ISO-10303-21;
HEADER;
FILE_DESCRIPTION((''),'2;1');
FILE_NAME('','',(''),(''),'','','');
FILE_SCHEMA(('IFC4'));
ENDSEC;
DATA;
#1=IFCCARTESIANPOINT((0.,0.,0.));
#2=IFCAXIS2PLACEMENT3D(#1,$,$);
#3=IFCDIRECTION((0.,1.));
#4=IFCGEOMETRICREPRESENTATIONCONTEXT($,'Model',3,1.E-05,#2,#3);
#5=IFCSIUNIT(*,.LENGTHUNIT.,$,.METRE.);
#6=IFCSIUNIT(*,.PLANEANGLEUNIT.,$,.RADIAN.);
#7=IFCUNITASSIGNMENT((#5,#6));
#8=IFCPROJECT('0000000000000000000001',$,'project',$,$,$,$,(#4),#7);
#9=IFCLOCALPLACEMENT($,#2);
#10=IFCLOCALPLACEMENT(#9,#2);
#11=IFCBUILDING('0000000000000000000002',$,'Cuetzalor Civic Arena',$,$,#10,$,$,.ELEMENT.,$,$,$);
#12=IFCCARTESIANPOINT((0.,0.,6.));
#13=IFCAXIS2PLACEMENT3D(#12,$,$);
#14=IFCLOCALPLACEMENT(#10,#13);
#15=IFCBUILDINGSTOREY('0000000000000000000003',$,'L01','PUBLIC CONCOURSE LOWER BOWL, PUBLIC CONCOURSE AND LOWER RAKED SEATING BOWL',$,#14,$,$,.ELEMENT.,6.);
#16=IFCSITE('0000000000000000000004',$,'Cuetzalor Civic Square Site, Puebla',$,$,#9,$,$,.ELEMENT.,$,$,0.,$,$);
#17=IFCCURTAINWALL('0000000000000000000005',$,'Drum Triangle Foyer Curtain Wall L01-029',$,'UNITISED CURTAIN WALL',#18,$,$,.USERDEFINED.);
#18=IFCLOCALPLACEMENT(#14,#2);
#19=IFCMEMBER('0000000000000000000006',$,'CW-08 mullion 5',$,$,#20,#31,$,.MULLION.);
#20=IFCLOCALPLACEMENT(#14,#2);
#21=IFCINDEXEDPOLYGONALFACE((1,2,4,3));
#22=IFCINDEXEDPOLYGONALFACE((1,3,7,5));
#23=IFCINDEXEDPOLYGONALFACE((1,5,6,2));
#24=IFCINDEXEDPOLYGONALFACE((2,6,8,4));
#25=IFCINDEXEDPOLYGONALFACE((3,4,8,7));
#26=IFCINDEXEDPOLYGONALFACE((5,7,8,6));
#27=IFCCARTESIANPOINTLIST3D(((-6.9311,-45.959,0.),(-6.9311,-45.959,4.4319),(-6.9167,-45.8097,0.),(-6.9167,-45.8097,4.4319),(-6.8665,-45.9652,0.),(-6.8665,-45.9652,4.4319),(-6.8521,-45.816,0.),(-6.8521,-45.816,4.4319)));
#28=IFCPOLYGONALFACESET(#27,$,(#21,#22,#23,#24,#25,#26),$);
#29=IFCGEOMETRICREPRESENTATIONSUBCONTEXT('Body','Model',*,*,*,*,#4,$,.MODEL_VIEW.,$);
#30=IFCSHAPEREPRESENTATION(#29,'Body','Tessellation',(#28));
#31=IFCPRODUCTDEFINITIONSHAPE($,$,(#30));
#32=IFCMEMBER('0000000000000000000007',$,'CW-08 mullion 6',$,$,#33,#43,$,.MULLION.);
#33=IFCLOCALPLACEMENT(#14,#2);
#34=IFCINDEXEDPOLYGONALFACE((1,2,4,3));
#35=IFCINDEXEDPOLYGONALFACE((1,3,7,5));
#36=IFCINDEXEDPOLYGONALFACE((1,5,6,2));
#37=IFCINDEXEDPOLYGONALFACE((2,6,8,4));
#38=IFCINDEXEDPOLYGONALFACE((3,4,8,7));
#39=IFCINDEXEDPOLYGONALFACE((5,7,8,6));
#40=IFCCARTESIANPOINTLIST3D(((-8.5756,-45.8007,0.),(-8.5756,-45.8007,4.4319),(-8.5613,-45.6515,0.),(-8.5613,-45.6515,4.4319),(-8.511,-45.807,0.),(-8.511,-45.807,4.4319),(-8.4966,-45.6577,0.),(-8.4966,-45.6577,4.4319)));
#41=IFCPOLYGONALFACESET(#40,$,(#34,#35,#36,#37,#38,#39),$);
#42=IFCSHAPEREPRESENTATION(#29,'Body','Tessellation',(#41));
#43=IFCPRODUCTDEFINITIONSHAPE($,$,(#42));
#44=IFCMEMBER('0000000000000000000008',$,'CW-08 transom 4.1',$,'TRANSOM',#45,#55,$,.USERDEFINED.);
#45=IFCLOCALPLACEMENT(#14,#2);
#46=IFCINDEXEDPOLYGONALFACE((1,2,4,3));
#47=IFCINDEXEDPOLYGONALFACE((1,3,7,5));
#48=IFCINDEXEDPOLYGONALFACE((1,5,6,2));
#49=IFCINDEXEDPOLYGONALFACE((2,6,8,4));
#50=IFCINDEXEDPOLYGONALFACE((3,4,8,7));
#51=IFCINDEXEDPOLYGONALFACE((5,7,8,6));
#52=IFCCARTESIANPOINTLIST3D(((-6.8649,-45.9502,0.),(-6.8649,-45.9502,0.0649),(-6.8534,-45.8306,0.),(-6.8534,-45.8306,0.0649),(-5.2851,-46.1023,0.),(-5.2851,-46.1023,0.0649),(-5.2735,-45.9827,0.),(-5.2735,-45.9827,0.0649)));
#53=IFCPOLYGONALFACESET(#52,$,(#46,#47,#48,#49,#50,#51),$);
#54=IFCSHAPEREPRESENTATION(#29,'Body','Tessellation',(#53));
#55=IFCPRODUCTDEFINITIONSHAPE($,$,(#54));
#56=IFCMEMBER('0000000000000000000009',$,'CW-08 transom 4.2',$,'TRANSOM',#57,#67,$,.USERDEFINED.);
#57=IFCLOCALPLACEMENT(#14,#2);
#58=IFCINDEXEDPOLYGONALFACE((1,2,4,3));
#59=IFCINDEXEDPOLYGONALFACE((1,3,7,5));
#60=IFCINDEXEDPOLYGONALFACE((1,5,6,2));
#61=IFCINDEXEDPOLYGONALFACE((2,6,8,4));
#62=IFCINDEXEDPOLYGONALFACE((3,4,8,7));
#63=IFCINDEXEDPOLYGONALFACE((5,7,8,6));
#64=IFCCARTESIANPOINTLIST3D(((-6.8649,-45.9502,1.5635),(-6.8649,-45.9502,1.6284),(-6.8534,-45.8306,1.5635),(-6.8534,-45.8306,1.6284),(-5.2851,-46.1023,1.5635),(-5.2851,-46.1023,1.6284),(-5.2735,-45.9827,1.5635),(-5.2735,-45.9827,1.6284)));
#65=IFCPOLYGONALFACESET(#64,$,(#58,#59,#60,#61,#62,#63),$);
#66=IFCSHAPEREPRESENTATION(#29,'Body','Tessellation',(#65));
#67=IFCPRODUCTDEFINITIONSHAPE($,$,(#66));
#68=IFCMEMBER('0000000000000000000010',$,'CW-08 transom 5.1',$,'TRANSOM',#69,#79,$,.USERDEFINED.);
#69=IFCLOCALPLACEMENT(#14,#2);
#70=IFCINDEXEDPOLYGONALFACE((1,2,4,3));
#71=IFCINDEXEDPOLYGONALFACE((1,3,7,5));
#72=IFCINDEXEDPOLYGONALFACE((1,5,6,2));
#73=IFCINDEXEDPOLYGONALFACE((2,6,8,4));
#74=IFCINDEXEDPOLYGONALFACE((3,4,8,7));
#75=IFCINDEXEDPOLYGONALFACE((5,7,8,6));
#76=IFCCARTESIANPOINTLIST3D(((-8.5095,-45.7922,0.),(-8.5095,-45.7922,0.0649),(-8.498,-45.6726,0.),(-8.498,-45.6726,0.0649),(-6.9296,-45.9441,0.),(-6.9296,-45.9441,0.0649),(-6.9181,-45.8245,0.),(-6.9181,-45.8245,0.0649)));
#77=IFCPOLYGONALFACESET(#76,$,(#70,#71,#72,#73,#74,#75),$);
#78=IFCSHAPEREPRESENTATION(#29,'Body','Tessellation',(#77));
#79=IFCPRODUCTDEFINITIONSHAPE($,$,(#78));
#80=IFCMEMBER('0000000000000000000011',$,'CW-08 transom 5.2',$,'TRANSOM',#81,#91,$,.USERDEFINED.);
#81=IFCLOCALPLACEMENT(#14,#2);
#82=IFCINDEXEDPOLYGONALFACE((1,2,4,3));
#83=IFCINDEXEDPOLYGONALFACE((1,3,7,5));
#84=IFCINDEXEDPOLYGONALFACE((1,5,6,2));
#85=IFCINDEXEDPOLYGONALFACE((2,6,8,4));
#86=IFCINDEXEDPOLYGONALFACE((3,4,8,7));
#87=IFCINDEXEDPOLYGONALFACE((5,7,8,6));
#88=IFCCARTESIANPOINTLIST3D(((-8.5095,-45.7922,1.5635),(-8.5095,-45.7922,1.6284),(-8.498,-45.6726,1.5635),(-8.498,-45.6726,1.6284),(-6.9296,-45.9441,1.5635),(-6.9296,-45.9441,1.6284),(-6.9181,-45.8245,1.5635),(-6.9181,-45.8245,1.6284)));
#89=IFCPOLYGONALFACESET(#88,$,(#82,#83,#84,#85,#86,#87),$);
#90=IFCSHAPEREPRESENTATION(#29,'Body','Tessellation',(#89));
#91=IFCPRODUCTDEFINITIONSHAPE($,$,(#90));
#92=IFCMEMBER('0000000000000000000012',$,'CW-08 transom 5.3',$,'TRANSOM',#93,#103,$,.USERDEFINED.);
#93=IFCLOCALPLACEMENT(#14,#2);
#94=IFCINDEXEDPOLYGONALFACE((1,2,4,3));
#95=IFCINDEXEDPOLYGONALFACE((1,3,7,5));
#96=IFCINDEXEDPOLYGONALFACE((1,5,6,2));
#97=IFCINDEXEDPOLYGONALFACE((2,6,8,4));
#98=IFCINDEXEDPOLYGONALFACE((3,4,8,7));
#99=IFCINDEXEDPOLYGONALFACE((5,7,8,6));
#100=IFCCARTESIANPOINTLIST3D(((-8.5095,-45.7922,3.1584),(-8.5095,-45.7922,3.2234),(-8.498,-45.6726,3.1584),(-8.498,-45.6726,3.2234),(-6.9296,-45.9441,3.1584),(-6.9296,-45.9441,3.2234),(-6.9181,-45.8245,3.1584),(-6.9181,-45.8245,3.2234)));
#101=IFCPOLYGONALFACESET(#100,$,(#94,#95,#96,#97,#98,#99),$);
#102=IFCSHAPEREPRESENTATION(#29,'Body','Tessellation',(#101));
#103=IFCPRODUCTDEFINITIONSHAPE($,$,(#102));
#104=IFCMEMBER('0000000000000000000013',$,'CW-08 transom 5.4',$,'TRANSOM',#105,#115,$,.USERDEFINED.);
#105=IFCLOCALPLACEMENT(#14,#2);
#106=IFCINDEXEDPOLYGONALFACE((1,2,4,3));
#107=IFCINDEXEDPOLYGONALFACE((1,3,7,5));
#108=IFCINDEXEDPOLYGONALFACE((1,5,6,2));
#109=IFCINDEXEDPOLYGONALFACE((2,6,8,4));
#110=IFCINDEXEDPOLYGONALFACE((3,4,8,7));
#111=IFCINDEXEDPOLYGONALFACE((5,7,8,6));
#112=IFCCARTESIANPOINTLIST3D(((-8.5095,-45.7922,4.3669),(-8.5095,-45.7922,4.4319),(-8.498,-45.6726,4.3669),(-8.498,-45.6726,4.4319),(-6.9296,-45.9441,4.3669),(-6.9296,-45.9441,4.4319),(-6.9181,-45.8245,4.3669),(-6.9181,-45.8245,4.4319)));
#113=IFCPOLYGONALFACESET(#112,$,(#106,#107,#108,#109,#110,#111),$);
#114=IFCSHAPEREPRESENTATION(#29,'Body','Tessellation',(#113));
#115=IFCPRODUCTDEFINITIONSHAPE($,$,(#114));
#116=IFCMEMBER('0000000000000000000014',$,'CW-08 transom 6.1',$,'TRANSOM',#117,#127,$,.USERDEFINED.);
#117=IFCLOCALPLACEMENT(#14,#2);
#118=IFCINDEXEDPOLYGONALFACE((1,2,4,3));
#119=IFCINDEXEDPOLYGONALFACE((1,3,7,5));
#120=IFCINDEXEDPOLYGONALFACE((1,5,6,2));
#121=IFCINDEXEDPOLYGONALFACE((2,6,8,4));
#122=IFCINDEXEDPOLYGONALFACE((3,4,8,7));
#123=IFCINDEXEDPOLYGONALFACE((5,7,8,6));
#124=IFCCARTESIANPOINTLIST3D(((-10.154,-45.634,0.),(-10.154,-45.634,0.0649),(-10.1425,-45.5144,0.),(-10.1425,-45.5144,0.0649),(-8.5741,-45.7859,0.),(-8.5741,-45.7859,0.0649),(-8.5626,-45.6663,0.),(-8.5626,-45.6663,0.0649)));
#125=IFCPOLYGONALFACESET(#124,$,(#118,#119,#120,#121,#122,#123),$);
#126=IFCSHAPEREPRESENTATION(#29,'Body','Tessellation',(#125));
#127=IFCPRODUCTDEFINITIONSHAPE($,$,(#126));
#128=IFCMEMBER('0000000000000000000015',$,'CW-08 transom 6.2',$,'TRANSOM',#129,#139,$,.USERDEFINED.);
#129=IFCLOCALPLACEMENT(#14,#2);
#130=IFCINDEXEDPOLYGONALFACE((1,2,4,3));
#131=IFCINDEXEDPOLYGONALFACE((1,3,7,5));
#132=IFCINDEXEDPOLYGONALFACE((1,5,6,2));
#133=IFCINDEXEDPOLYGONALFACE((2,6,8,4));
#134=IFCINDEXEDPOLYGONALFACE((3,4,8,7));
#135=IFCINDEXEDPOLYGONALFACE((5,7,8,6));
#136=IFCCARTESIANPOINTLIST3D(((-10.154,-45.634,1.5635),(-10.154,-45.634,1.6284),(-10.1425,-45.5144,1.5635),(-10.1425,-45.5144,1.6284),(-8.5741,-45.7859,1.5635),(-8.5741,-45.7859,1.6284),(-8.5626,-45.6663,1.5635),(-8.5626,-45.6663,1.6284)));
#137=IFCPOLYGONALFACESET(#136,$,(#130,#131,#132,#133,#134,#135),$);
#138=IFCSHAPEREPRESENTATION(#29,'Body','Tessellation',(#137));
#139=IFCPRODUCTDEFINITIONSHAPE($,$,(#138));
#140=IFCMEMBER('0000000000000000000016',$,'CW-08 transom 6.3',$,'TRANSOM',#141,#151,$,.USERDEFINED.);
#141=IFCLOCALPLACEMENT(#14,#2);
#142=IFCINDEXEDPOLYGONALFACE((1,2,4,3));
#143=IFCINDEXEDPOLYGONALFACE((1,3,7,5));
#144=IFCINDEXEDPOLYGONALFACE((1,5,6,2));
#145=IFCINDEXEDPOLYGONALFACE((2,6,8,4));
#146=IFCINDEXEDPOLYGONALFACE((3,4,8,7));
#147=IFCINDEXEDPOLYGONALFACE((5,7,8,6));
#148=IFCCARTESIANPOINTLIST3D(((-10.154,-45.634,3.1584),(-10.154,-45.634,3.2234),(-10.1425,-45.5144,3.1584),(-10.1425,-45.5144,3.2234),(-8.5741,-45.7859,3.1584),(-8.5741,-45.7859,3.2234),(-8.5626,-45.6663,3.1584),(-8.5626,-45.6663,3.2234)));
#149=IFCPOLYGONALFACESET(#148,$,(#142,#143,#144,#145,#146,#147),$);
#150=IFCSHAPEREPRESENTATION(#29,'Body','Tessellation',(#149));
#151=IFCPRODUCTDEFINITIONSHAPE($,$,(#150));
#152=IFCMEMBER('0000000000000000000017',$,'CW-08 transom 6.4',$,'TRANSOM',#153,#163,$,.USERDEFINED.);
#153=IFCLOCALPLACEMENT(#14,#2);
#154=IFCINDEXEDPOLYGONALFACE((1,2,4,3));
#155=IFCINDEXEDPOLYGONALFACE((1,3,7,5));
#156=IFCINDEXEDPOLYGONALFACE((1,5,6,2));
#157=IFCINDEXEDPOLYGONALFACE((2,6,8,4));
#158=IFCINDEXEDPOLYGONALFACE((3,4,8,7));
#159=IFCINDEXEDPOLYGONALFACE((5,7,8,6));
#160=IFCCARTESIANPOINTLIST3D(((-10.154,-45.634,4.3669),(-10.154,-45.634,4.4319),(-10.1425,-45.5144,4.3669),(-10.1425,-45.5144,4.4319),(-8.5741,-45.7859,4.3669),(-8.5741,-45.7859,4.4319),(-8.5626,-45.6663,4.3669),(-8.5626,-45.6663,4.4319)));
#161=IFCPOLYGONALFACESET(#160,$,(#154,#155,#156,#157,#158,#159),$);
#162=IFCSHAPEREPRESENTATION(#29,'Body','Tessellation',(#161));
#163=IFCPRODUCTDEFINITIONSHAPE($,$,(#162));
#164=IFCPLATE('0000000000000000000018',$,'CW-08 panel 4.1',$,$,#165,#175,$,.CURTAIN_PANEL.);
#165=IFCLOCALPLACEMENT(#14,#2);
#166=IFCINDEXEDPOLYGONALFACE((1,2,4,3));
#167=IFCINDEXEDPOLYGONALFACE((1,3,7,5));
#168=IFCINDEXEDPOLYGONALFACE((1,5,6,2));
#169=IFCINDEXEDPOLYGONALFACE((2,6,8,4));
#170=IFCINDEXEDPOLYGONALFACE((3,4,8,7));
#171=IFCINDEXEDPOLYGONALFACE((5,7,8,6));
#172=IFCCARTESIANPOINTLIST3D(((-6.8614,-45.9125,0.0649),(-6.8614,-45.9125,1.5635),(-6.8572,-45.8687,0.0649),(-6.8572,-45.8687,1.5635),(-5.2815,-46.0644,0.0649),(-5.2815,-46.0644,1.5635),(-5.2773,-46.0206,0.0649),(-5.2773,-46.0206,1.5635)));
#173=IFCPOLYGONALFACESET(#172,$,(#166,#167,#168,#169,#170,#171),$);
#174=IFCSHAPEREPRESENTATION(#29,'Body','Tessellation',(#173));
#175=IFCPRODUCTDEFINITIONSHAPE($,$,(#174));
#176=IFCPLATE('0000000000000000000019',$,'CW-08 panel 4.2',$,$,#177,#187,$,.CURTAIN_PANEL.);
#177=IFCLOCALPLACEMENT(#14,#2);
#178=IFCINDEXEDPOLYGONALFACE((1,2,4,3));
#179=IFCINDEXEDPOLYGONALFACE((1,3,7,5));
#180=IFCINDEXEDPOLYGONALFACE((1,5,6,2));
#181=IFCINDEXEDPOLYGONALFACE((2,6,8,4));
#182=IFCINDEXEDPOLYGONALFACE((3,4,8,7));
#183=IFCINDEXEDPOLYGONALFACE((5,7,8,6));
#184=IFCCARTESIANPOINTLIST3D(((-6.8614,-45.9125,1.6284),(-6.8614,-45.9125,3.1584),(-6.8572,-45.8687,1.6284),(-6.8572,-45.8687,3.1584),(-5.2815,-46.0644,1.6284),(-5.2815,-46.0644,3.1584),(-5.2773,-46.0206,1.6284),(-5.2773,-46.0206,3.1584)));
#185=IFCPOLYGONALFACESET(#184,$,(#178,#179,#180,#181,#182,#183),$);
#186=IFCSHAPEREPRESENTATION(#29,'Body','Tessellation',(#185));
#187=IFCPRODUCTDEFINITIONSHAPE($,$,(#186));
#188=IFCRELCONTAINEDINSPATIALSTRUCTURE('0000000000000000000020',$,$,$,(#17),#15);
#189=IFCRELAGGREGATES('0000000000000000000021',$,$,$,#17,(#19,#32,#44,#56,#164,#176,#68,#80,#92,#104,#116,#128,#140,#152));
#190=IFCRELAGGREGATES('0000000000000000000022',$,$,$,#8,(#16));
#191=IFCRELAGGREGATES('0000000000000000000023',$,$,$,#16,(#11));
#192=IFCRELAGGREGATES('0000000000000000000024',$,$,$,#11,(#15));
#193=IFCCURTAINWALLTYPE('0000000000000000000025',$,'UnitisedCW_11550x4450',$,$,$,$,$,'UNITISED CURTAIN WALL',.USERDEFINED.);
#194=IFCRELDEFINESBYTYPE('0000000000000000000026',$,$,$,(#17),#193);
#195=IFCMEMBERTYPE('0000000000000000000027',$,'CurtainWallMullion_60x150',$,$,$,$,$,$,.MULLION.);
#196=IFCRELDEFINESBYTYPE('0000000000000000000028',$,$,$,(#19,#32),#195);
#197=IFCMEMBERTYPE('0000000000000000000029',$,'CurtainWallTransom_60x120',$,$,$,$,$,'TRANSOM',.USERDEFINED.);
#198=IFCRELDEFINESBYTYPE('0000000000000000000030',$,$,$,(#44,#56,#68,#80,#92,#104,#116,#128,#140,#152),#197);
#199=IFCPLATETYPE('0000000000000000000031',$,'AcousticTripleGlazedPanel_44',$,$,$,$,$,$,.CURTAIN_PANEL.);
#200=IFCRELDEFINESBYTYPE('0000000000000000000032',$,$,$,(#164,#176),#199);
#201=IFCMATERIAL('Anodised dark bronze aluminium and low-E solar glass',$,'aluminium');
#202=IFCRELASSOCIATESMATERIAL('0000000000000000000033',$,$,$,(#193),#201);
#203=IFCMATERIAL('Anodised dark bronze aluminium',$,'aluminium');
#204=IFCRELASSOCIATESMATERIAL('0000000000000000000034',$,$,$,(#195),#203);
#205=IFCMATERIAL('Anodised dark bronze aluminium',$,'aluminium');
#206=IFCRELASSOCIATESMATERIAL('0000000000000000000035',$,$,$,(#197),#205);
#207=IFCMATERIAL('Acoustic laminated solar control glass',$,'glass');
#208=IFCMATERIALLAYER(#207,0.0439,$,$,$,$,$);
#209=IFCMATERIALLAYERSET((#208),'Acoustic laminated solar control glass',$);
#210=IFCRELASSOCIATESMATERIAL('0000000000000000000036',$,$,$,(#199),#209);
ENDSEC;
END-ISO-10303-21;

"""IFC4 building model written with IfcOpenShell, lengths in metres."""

from ifc_helpers import new_model, si_unit, direction, frame, origin, origin_2d, place, context, subcontext, project, spatial, rectangle, extrude, material, layer, layer_set, material_profile, profile_set, type_object, element, aggregate, save


model = new_model("IFC4")

# Units and contexts
model_context = context("Model", 3, precision=1e-05, world=origin(), true_north=direction((0.0, 1.0)))
body_context = subcontext(model_context, "Body", "Model", "MODEL_VIEW")
ifc_project = project(units=[si_unit("LENGTHUNIT", "METRE"), si_unit("PLANEANGLEUNIT", "RADIAN")], contexts=[model_context])

# Site, building, storey
site_placement = place(None, origin())
site = spatial("IfcSite", under=ifc_project, at=site_placement, Name="Cuetzalor Civic Square Site, Puebla", CompositionType="ELEMENT", RefElevation=0.0)
building_placement = place(site_placement, origin())
building = spatial("IfcBuilding", under=site, at=building_placement, Name="Cuetzalor Civic Arena", CompositionType="ELEMENT")
storey_placement = place(building_placement, frame((0.0, 0.0, 6.0)))
storey = spatial("IfcBuildingStorey", under=building, at=storey_placement, Name="L01", Description="PUBLIC CONCOURSE LOWER BOWL, PUBLIC CONCOURSE AND LOWER RAKED SEATING BOWL", CompositionType="ELEMENT", Elevation=6.0)

# Curtain wall, members, plates
ifc_material_1 = material(Name="Anodised dark bronze aluminium and low-E solar glass", Category="aluminium")
curtain_wall_type = type_object("IfcCurtainWallType", Name="UnitisedCW_11550x4450", ElementType="UNITISED CURTAIN WALL", PredefinedType="USERDEFINED", material=ifc_material_1)
curtain_wall_placement = place(storey_placement, origin())
curtain_wall = element("IfcCurtainWall", 1, at=curtain_wall_placement, inside=storey, type_object=curtain_wall_type, Name="Drum Triangle Foyer Curtain Wall L01-029", ObjectType="UNITISED CURTAIN WALL", PredefinedType="USERDEFINED")
ifc_material_2 = material(Name="Anodised dark bronze aluminium", Category="aluminium")
ifc_material_profile_1 = material_profile(ifc_material_2, rectangle(XDim=0.0649, YDim=0.1499, at=origin_2d()), Name="ALU MULLION 65x150")
ifc_profile_set_1 = profile_set([ifc_material_profile_1], Name="Anodised dark bronze aluminium")
member_type_1 = type_object("IfcMemberType", Name="CurtainWallMullion_60x150", PredefinedType="MULLION", material=ifc_profile_set_1)
member_1_placement = place(storey_placement, frame((-6.8916, -45.8875, 0.0), z_axis=(0.0, 0.0, 1.0), x_axis=(-0.995409, 0.095711, 0.0)))
member_1 = element("IfcMember", 2, at=member_1_placement, type_object=member_type_1, Name="CW-08 mullion 5", PredefinedType="MULLION", context=body_context, shape_type="SweptSolid", body=[
    extrude(rectangle(XDim=0.0649, YDim=0.1499, at=origin_2d()), origin(), (0.0, 0.0, 1.0), 4.4319),
])
member_2_placement = place(storey_placement, frame((-8.5361, -45.7292, 0.0), z_axis=(0.0, 0.0, 1.0), x_axis=(-0.995409, 0.095711, 0.0)))
member_2 = element("IfcMember", 3, at=member_2_placement, type_object=member_type_1, Name="CW-08 mullion 6", PredefinedType="MULLION", context=body_context, shape_type="SweptSolid", body=[
    extrude(rectangle(XDim=0.0649, YDim=0.1499, at=origin_2d()), origin(), (0.0, 0.0, 1.0), 4.4319),
])
ifc_material_3 = material(Name="Anodised dark bronze aluminium", Category="aluminium")
ifc_material_profile_2 = material_profile(ifc_material_3, rectangle(XDim=0.1201, YDim=0.0649, at=origin_2d()), Name="ALU TRANSOM 65x120")
ifc_profile_set_2 = profile_set([ifc_material_profile_2], Name="Anodised dark bronze aluminium")
member_type_2 = type_object("IfcMemberType", Name="CurtainWallTransom_60x120", ElementType="TRANSOM", PredefinedType="USERDEFINED", material=ifc_profile_set_2)
member_3_placement = place(storey_placement, frame((-5.2793, -46.0425, 0.0325), z_axis=(-0.995397, 0.095833, 0.0), x_axis=(-0.095833, -0.995397, 0.0)))
member_3 = element("IfcMember", 4, at=member_3_placement, type_object=member_type_2, Name="CW-08 transom 4.1", ObjectType="TRANSOM", PredefinedType="USERDEFINED", context=body_context, shape_type="SweptSolid", body=[
    extrude(rectangle(XDim=0.1201, YDim=0.0649, at=origin_2d()), origin(), (0.0, 0.0, 1.0), 1.5872),
])
member_4_placement = place(storey_placement, frame((-5.2793, -46.0425, 1.5959), z_axis=(-0.995397, 0.095833, 0.0), x_axis=(-0.095833, -0.995397, 0.0)))
member_4 = element("IfcMember", 5, at=member_4_placement, type_object=member_type_2, Name="CW-08 transom 4.2", ObjectType="TRANSOM", PredefinedType="USERDEFINED", context=body_context, shape_type="SweptSolid", body=[
    extrude(rectangle(XDim=0.1201, YDim=0.0649, at=origin_2d()), origin(), (0.0, 0.0, 1.0), 1.5872),
])
member_5_placement = place(storey_placement, frame((-6.9238, -45.8843, 0.0325), z_axis=(-0.995412, 0.09568, 0.0), x_axis=(-0.09568, -0.995412, 0.0)))
member_5 = element("IfcMember", 6, at=member_5_placement, type_object=member_type_2, Name="CW-08 transom 5.1", ObjectType="TRANSOM", PredefinedType="USERDEFINED", context=body_context, shape_type="SweptSolid", body=[
    extrude(rectangle(XDim=0.1201, YDim=0.0649, at=origin_2d()), origin(), (0.0, 0.0, 1.0), 1.5872),
])
member_6_placement = place(storey_placement, frame((-6.9238, -45.8843, 1.5959), z_axis=(-0.995412, 0.09568, 0.0), x_axis=(-0.09568, -0.995412, 0.0)))
member_6 = element("IfcMember", 7, at=member_6_placement, type_object=member_type_2, Name="CW-08 transom 5.2", ObjectType="TRANSOM", PredefinedType="USERDEFINED", context=body_context, shape_type="SweptSolid", body=[
    extrude(rectangle(XDim=0.1201, YDim=0.0649, at=origin_2d()), origin(), (0.0, 0.0, 1.0), 1.5872),
])
member_7_placement = place(storey_placement, frame((-6.9238, -45.8843, 3.1909), z_axis=(-0.995412, 0.09568, 0.0), x_axis=(-0.09568, -0.995412, 0.0)))
member_7 = element("IfcMember", 8, at=member_7_placement, type_object=member_type_2, Name="CW-08 transom 5.3", ObjectType="TRANSOM", PredefinedType="USERDEFINED", context=body_context, shape_type="SweptSolid", body=[
    extrude(rectangle(XDim=0.1201, YDim=0.0649, at=origin_2d()), origin(), (0.0, 0.0, 1.0), 1.5872),
])
member_8_placement = place(storey_placement, frame((-6.9238, -45.8843, 4.3994), z_axis=(-0.995412, 0.09568, 0.0), x_axis=(-0.09568, -0.995412, 0.0)))
member_8 = element("IfcMember", 9, at=member_8_placement, type_object=member_type_2, Name="CW-08 transom 5.4", ObjectType="TRANSOM", PredefinedType="USERDEFINED", context=body_context, shape_type="SweptSolid", body=[
    extrude(rectangle(XDim=0.1201, YDim=0.0649, at=origin_2d()), origin(), (0.0, 0.0, 1.0), 1.5872),
])
member_9_placement = place(storey_placement, frame((-8.5684, -45.7261, 0.0325), z_axis=(-0.995412, 0.09568, 0.0), x_axis=(-0.09568, -0.995412, 0.0)))
member_9 = element("IfcMember", 10, at=member_9_placement, type_object=member_type_2, Name="CW-08 transom 6.1", ObjectType="TRANSOM", PredefinedType="USERDEFINED", context=body_context, shape_type="SweptSolid", body=[
    extrude(rectangle(XDim=0.1201, YDim=0.0649, at=origin_2d()), origin(), (0.0, 0.0, 1.0), 1.5872),
])
member_10_placement = place(storey_placement, frame((-8.5684, -45.7261, 1.5959), z_axis=(-0.995412, 0.09568, 0.0), x_axis=(-0.09568, -0.995412, 0.0)))
member_10 = element("IfcMember", 11, at=member_10_placement, type_object=member_type_2, Name="CW-08 transom 6.2", ObjectType="TRANSOM", PredefinedType="USERDEFINED", context=body_context, shape_type="SweptSolid", body=[
    extrude(rectangle(XDim=0.1201, YDim=0.0649, at=origin_2d()), origin(), (0.0, 0.0, 1.0), 1.5872),
])
member_11_placement = place(storey_placement, frame((-8.5684, -45.7261, 3.1909), z_axis=(-0.995412, 0.09568, 0.0), x_axis=(-0.09568, -0.995412, 0.0)))
member_11 = element("IfcMember", 12, at=member_11_placement, type_object=member_type_2, Name="CW-08 transom 6.3", ObjectType="TRANSOM", PredefinedType="USERDEFINED", context=body_context, shape_type="SweptSolid", body=[
    extrude(rectangle(XDim=0.1201, YDim=0.0649, at=origin_2d()), origin(), (0.0, 0.0, 1.0), 1.5872),
])
member_12_placement = place(storey_placement, frame((-8.5684, -45.7261, 4.3994), z_axis=(-0.995412, 0.09568, 0.0), x_axis=(-0.09568, -0.995412, 0.0)))
member_12 = element("IfcMember", 13, at=member_12_placement, type_object=member_type_2, Name="CW-08 transom 6.4", ObjectType="TRANSOM", PredefinedType="USERDEFINED", context=body_context, shape_type="SweptSolid", body=[
    extrude(rectangle(XDim=0.1201, YDim=0.0649, at=origin_2d()), origin(), (0.0, 0.0, 1.0), 1.5872),
])
ifc_material_4 = material(Name="Acoustic laminated solar control glass", Category="glass")
ifc_layer_1 = layer(ifc_material_4, 0.0439)
ifc_layer_set_1 = layer_set([ifc_layer_1], Name="Acoustic laminated solar control glass")
plate_type = type_object("IfcPlateType", Name="AcousticTripleGlazedPanel_44", PredefinedType="CURTAIN_PANEL", material=ifc_layer_set_1)
plate_1_placement = place(storey_placement, frame((-6.0693, -45.9666, 0.0649), z_axis=(0.0, 0.0, 1.0), x_axis=(-0.995409, 0.095711, 0.0)))
plate_1 = element("IfcPlate", 14, at=plate_1_placement, type_object=plate_type, Name="CW-08 panel 4.1", PredefinedType="CURTAIN_PANEL", context=body_context, shape_type="SweptSolid", body=[
    extrude(rectangle(XDim=1.5872, YDim=0.0439, at=origin_2d()), origin(), (0.0, 0.0, 1.0), 1.4985),
])
plate_2_placement = place(storey_placement, frame((-6.0693, -45.9666, 1.6284), z_axis=(0.0, 0.0, 1.0), x_axis=(-0.995409, 0.095711, 0.0)))
plate_2 = element("IfcPlate", 15, at=plate_2_placement, type_object=plate_type, Name="CW-08 panel 4.2", PredefinedType="CURTAIN_PANEL", context=body_context, shape_type="SweptSolid", body=[
    extrude(rectangle(XDim=1.5872, YDim=0.0439, at=origin_2d()), origin(), (0.0, 0.0, 1.0), 1.53),
])
aggregate(curtain_wall, [member_1, member_2, member_3, member_4, plate_1, plate_2, member_5, member_6, member_7, member_8, member_9, member_10, member_11, member_12])

save(model, "model.ifc")
